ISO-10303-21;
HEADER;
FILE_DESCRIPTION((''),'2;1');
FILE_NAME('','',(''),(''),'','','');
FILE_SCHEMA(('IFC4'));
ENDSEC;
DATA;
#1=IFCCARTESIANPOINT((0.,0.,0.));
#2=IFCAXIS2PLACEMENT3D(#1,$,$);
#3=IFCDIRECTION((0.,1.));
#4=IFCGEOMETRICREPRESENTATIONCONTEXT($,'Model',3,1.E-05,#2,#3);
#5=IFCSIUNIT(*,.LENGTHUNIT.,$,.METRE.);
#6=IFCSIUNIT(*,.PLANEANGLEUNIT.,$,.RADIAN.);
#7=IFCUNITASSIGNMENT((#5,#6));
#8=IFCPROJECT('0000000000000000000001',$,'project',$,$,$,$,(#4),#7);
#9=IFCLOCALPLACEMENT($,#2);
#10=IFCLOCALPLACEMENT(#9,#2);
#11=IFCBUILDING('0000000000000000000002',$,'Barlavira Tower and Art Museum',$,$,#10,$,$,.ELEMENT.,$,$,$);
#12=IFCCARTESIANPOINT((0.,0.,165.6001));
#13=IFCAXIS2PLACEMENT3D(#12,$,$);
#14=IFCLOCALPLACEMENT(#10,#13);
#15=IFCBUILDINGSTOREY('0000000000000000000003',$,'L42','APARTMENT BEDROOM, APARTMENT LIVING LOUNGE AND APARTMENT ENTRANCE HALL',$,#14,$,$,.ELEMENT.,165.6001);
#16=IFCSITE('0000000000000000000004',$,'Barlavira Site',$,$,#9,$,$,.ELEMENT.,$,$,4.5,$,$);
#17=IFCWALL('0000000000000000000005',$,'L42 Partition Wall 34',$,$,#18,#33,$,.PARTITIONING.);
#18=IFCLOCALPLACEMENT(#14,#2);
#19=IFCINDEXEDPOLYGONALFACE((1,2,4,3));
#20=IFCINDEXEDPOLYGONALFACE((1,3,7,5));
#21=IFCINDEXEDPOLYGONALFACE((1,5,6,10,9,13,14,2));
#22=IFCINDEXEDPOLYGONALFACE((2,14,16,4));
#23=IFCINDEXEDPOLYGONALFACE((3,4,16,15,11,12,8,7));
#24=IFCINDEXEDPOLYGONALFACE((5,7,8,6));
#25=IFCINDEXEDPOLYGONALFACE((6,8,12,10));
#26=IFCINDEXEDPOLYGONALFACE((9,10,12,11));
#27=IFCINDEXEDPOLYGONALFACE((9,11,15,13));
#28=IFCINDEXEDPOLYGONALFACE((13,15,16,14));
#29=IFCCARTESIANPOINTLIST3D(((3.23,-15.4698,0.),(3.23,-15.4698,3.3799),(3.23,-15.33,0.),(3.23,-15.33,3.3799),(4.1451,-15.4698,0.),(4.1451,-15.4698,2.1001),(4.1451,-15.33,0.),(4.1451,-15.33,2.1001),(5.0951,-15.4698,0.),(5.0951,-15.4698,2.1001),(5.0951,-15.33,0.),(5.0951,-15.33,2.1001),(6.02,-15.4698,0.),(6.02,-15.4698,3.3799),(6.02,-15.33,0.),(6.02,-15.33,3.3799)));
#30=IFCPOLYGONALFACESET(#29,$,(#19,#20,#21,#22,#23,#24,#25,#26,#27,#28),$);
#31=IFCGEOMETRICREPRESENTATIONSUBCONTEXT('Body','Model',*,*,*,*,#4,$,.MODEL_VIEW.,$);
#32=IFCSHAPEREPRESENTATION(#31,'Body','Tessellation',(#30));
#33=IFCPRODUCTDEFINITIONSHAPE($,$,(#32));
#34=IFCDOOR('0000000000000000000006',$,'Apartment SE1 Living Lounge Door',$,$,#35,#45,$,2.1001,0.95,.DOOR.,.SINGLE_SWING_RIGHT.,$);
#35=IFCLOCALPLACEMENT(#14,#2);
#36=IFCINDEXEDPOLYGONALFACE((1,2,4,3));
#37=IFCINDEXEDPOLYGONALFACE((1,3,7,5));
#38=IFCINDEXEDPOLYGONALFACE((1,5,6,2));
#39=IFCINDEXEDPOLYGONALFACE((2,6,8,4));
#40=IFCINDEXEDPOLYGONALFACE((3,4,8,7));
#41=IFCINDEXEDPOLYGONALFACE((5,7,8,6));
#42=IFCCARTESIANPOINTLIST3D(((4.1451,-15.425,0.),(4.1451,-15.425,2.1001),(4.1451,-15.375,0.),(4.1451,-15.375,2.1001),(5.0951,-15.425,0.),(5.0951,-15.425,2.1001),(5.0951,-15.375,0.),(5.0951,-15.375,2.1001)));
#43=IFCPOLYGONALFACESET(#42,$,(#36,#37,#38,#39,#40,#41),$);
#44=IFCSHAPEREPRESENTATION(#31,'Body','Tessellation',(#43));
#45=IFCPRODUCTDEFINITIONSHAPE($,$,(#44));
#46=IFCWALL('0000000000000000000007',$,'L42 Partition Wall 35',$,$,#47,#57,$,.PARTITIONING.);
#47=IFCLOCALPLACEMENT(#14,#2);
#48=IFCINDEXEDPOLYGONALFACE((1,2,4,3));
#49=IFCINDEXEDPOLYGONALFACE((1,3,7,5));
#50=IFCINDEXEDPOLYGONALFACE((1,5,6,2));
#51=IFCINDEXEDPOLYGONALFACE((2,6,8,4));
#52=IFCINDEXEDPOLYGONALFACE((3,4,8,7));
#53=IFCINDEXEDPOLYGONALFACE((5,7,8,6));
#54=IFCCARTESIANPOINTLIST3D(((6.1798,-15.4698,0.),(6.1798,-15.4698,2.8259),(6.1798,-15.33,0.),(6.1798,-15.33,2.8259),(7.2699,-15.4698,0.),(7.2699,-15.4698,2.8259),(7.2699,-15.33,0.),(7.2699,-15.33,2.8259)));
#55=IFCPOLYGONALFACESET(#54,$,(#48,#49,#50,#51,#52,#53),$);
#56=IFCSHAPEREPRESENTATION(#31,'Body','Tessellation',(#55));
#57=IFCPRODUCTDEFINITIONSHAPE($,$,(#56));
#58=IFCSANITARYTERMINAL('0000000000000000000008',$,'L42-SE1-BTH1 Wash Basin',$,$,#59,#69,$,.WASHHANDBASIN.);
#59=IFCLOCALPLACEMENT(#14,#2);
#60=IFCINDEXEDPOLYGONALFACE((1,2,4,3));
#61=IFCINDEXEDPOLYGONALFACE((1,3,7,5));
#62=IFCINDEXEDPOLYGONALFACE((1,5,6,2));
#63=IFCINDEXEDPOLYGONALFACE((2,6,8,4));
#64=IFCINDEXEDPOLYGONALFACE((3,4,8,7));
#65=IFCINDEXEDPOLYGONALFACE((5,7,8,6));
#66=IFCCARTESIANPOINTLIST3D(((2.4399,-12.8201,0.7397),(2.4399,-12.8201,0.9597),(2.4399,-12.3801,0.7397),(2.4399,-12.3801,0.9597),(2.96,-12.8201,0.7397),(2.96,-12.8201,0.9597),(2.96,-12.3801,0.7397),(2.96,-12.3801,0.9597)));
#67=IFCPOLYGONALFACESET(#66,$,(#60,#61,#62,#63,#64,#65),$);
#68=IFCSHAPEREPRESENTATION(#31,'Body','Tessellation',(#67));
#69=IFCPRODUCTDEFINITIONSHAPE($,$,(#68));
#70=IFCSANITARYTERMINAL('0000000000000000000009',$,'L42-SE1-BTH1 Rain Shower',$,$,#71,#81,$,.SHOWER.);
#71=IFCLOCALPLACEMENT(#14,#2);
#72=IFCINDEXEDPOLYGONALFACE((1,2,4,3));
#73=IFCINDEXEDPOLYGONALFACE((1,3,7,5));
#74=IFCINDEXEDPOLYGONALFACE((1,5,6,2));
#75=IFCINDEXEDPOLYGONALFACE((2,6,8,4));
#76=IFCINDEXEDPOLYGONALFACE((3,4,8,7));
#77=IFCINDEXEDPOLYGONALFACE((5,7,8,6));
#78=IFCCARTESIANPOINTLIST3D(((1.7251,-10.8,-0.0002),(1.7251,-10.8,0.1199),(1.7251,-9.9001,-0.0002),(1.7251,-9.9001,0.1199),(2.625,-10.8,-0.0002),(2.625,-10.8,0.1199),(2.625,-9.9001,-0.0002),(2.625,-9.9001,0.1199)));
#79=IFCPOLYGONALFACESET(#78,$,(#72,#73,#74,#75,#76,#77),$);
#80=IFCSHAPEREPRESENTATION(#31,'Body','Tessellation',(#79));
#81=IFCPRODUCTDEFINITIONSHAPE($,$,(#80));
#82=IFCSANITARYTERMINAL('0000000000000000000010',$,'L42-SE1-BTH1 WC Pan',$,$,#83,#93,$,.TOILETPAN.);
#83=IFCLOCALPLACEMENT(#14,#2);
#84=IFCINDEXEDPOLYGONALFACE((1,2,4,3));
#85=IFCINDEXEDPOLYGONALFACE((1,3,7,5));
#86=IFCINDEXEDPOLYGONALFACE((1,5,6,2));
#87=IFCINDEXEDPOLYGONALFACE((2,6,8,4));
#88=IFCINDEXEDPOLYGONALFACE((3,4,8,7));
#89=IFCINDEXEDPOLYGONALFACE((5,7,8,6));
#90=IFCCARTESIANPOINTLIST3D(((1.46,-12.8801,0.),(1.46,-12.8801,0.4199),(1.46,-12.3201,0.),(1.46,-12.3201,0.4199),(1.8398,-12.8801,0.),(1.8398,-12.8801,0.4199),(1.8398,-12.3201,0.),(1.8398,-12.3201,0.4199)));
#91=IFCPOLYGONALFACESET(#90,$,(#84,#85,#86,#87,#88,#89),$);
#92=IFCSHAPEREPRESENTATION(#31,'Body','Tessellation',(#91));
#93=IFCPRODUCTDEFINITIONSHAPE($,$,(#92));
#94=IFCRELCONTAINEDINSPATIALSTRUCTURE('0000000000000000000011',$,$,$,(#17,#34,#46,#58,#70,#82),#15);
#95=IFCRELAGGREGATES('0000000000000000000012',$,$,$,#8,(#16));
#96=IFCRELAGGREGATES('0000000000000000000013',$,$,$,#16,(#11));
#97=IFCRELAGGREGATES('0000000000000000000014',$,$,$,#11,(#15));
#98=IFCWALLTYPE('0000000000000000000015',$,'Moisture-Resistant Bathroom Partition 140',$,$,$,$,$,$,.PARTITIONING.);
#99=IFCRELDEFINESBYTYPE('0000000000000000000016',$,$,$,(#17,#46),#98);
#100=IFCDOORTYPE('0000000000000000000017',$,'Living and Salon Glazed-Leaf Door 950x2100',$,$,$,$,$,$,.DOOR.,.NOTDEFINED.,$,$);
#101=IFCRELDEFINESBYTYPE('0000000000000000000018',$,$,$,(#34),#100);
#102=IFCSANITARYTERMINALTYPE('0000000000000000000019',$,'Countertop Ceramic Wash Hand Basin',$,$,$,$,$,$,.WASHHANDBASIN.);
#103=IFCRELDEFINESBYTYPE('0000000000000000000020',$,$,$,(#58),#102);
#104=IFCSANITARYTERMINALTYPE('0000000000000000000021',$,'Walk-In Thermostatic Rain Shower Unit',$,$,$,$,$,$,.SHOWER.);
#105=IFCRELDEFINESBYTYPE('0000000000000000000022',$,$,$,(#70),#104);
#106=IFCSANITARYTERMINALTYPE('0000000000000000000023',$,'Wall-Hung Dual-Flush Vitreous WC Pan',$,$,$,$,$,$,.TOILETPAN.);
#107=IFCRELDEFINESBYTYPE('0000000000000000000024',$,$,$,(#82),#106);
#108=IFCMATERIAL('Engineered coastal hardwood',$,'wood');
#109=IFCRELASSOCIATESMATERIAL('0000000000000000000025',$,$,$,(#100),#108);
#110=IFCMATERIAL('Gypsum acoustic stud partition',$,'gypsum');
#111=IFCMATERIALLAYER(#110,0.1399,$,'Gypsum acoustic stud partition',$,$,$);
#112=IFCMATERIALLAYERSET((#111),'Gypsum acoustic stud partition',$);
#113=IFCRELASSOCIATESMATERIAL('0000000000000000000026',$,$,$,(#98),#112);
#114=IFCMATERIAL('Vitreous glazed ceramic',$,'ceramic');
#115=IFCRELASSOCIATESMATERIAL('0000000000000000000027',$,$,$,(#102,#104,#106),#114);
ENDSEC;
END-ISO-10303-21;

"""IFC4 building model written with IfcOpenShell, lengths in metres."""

from ifc_helpers import new_model, si_unit, direction, frame, frame_2d, origin, origin_2d, place, context, subcontext, project, spatial, rectangle, extrude, material, layer, layer_set, type_object, element, fill, save


model = new_model("IFC4")

# Units and contexts
model_context = context("Model", 3, precision=1e-05, world=origin(), true_north=direction((0.0, 1.0)))
body_context = subcontext(model_context, "Body", "Model", "MODEL_VIEW")
ifc_project = project(units=[si_unit("LENGTHUNIT", "METRE"), si_unit("PLANEANGLEUNIT", "RADIAN")], contexts=[model_context])

# Site, building, storey
site_placement = place(None, origin())
site = spatial("IfcSite", under=ifc_project, at=site_placement, Name="Barlavira Site", CompositionType="ELEMENT", RefElevation=4.5)
building_placement = place(site_placement, origin())
building = spatial("IfcBuilding", under=site, at=building_placement, Name="Barlavira Tower and Art Museum", CompositionType="ELEMENT")
storey_placement = place(building_placement, frame((0.0, 0.0, 165.6001)))
storey = spatial("IfcBuildingStorey", under=building, at=storey_placement, Name="L42", Description="APARTMENT BEDROOM, APARTMENT LIVING LOUNGE AND APARTMENT ENTRANCE HALL", CompositionType="ELEMENT", Elevation=165.6001)

# Shared definitions
ifc_material_1 = material(Name="Gypsum acoustic stud partition", Category="gypsum")
ifc_material_2 = material(Name="Engineered coastal hardwood", Category="wood")
door_type_1 = type_object("IfcDoorType", Name="Living and Salon Glazed-Leaf Door 950x2100", OperationType="NOTDEFINED", PredefinedType="DOOR", material=ifc_material_2)

# Shared definitions
ifc_layer_1 = layer(ifc_material_1, 0.1399, Name="Gypsum acoustic stud partition")
ifc_layer_set_1 = layer_set([ifc_layer_1], Name="Gypsum acoustic stud partition")
wall_type_1 = type_object("IfcWallType", Name="Moisture-Resistant Bathroom Partition 140", PredefinedType="PARTITIONING", material=ifc_layer_set_1)

# Wall, opening, door
wall_1_placement = place(storey_placement, frame((3.23, -15.3999, 0.0), z_axis=(0.0, 0.0, 1.0), x_axis=(1.0, 0.0, 0.0)))
wall_1 = element("IfcWall", 1, at=wall_1_placement, inside=storey, type_object=wall_type_1, Name="L42 Partition Wall 34", PredefinedType="PARTITIONING", context=body_context, shape_type="SweptSolid", body=[
    extrude(rectangle(XDim=2.79, YDim=0.1399, at=frame_2d((1.395, 0.0))), origin(), (0.0, 0.0, 1.0), 3.3799),
])
opening_1_placement = place(wall_1_placement, frame((0.915, 0.0, 0.0)))
opening_1 = element("IfcOpeningElement", 2, at=opening_1_placement, cuts=wall_1, PredefinedType="OPENING", context=body_context, shape_type="SweptSolid", body=[
    extrude(rectangle(XDim=0.95, YDim=2.1001, at=frame_2d((0.4751, 1.05))), frame((0.0, 0.0801, 0.0), z_axis=(0.0, -1.0, 0.0), x_axis=(1.0, 0.0, 0.0)), (0.0, 0.0, 1.0), 0.1599),
])
door_1_placement = place(opening_1_placement, origin())
door_1 = element("IfcDoor", 3, at=door_1_placement, inside=storey, type_object=door_type_1, Name="Apartment SE1 Living Lounge Door", OperationType="SINGLE_SWING_RIGHT", OverallHeight=2.1001, OverallWidth=0.95, PredefinedType="DOOR", context=body_context, shape_type="SweptSolid", body=[
    extrude(rectangle(XDim=0.95, YDim=2.1001, at=frame_2d((0.4751, 1.05))), frame((0.0, 0.0249, 0.0), z_axis=(0.0, -1.0, 0.0), x_axis=(1.0, 0.0, 0.0)), (0.0, 0.0, 1.0), 0.05),
])
fill(opening_1, door_1)

# Wall
wall_2_placement = place(storey_placement, frame((6.1799, -15.3999, 0.0), z_axis=(0.0, 0.0, 1.0), x_axis=(1.0, 0.0, 0.0)))
element("IfcWall", 4, at=wall_2_placement, inside=storey, type_object=wall_type_1, Name="L42 Partition Wall 35", PredefinedType="PARTITIONING", context=body_context, shape_type="SweptSolid", body=[
    extrude(rectangle(XDim=1.0901, YDim=0.1399, at=frame_2d((0.5449, 0.0))), origin(), (0.0, 0.0, 1.0), 2.8259),
])

# Sanitary terminals
ifc_material_3 = material(Name="Vitreous glazed ceramic", Category="ceramic")
sanitary_terminal_type_1 = type_object("IfcSanitaryTerminalType", Name="Countertop Ceramic Wash Hand Basin", PredefinedType="WASHHANDBASIN", material=ifc_material_3)
sanitary_terminal_1_placement = place(storey_placement, frame((2.7, -12.6001, 0.7397), z_axis=(0.0, 0.0, 1.0), x_axis=(1.0, 0.0, 0.0)))
element("IfcSanitaryTerminal", 5, at=sanitary_terminal_1_placement, inside=storey, type_object=sanitary_terminal_type_1, Name="L42-SE1-BTH1 Wash Basin", PredefinedType="WASHHANDBASIN", context=body_context, shape_type="SweptSolid", body=[
    extrude(rectangle(XDim=0.52, YDim=0.4399, at=origin_2d()), origin(), (0.0, 0.0, 1.0), 0.22),
])
sanitary_terminal_type_2 = type_object("IfcSanitaryTerminalType", Name="Walk-In Thermostatic Rain Shower Unit", PredefinedType="SHOWER", material=ifc_material_3)
sanitary_terminal_2_placement = place(storey_placement, frame((2.175, -10.3501, -0.0002), z_axis=(0.0, 0.0, 1.0), x_axis=(1.0, 0.0, 0.0)))
element("IfcSanitaryTerminal", 6, at=sanitary_terminal_2_placement, inside=storey, type_object=sanitary_terminal_type_2, Name="L42-SE1-BTH1 Rain Shower", PredefinedType="SHOWER", context=body_context, shape_type="SweptSolid", body=[
    extrude(rectangle(XDim=0.8999, YDim=0.8999, at=origin_2d()), origin(), (0.0, 0.0, 1.0), 0.1201),
])
sanitary_terminal_type_3 = type_object("IfcSanitaryTerminalType", Name="Wall-Hung Dual-Flush Vitreous WC Pan", PredefinedType="TOILETPAN", material=ifc_material_3)
sanitary_terminal_3_placement = place(storey_placement, frame((1.6499, -12.6001, 0.0), z_axis=(0.0, 0.0, 1.0), x_axis=(1.0, 0.0, 0.0)))
element("IfcSanitaryTerminal", 7, at=sanitary_terminal_3_placement, inside=storey, type_object=sanitary_terminal_type_3, Name="L42-SE1-BTH1 WC Pan", PredefinedType="TOILETPAN", context=body_context, shape_type="SweptSolid", body=[
    extrude(rectangle(XDim=0.3799, YDim=0.5601, at=origin_2d()), origin(), (0.0, 0.0, 1.0), 0.4199),
])

save(model, "model.ifc")
